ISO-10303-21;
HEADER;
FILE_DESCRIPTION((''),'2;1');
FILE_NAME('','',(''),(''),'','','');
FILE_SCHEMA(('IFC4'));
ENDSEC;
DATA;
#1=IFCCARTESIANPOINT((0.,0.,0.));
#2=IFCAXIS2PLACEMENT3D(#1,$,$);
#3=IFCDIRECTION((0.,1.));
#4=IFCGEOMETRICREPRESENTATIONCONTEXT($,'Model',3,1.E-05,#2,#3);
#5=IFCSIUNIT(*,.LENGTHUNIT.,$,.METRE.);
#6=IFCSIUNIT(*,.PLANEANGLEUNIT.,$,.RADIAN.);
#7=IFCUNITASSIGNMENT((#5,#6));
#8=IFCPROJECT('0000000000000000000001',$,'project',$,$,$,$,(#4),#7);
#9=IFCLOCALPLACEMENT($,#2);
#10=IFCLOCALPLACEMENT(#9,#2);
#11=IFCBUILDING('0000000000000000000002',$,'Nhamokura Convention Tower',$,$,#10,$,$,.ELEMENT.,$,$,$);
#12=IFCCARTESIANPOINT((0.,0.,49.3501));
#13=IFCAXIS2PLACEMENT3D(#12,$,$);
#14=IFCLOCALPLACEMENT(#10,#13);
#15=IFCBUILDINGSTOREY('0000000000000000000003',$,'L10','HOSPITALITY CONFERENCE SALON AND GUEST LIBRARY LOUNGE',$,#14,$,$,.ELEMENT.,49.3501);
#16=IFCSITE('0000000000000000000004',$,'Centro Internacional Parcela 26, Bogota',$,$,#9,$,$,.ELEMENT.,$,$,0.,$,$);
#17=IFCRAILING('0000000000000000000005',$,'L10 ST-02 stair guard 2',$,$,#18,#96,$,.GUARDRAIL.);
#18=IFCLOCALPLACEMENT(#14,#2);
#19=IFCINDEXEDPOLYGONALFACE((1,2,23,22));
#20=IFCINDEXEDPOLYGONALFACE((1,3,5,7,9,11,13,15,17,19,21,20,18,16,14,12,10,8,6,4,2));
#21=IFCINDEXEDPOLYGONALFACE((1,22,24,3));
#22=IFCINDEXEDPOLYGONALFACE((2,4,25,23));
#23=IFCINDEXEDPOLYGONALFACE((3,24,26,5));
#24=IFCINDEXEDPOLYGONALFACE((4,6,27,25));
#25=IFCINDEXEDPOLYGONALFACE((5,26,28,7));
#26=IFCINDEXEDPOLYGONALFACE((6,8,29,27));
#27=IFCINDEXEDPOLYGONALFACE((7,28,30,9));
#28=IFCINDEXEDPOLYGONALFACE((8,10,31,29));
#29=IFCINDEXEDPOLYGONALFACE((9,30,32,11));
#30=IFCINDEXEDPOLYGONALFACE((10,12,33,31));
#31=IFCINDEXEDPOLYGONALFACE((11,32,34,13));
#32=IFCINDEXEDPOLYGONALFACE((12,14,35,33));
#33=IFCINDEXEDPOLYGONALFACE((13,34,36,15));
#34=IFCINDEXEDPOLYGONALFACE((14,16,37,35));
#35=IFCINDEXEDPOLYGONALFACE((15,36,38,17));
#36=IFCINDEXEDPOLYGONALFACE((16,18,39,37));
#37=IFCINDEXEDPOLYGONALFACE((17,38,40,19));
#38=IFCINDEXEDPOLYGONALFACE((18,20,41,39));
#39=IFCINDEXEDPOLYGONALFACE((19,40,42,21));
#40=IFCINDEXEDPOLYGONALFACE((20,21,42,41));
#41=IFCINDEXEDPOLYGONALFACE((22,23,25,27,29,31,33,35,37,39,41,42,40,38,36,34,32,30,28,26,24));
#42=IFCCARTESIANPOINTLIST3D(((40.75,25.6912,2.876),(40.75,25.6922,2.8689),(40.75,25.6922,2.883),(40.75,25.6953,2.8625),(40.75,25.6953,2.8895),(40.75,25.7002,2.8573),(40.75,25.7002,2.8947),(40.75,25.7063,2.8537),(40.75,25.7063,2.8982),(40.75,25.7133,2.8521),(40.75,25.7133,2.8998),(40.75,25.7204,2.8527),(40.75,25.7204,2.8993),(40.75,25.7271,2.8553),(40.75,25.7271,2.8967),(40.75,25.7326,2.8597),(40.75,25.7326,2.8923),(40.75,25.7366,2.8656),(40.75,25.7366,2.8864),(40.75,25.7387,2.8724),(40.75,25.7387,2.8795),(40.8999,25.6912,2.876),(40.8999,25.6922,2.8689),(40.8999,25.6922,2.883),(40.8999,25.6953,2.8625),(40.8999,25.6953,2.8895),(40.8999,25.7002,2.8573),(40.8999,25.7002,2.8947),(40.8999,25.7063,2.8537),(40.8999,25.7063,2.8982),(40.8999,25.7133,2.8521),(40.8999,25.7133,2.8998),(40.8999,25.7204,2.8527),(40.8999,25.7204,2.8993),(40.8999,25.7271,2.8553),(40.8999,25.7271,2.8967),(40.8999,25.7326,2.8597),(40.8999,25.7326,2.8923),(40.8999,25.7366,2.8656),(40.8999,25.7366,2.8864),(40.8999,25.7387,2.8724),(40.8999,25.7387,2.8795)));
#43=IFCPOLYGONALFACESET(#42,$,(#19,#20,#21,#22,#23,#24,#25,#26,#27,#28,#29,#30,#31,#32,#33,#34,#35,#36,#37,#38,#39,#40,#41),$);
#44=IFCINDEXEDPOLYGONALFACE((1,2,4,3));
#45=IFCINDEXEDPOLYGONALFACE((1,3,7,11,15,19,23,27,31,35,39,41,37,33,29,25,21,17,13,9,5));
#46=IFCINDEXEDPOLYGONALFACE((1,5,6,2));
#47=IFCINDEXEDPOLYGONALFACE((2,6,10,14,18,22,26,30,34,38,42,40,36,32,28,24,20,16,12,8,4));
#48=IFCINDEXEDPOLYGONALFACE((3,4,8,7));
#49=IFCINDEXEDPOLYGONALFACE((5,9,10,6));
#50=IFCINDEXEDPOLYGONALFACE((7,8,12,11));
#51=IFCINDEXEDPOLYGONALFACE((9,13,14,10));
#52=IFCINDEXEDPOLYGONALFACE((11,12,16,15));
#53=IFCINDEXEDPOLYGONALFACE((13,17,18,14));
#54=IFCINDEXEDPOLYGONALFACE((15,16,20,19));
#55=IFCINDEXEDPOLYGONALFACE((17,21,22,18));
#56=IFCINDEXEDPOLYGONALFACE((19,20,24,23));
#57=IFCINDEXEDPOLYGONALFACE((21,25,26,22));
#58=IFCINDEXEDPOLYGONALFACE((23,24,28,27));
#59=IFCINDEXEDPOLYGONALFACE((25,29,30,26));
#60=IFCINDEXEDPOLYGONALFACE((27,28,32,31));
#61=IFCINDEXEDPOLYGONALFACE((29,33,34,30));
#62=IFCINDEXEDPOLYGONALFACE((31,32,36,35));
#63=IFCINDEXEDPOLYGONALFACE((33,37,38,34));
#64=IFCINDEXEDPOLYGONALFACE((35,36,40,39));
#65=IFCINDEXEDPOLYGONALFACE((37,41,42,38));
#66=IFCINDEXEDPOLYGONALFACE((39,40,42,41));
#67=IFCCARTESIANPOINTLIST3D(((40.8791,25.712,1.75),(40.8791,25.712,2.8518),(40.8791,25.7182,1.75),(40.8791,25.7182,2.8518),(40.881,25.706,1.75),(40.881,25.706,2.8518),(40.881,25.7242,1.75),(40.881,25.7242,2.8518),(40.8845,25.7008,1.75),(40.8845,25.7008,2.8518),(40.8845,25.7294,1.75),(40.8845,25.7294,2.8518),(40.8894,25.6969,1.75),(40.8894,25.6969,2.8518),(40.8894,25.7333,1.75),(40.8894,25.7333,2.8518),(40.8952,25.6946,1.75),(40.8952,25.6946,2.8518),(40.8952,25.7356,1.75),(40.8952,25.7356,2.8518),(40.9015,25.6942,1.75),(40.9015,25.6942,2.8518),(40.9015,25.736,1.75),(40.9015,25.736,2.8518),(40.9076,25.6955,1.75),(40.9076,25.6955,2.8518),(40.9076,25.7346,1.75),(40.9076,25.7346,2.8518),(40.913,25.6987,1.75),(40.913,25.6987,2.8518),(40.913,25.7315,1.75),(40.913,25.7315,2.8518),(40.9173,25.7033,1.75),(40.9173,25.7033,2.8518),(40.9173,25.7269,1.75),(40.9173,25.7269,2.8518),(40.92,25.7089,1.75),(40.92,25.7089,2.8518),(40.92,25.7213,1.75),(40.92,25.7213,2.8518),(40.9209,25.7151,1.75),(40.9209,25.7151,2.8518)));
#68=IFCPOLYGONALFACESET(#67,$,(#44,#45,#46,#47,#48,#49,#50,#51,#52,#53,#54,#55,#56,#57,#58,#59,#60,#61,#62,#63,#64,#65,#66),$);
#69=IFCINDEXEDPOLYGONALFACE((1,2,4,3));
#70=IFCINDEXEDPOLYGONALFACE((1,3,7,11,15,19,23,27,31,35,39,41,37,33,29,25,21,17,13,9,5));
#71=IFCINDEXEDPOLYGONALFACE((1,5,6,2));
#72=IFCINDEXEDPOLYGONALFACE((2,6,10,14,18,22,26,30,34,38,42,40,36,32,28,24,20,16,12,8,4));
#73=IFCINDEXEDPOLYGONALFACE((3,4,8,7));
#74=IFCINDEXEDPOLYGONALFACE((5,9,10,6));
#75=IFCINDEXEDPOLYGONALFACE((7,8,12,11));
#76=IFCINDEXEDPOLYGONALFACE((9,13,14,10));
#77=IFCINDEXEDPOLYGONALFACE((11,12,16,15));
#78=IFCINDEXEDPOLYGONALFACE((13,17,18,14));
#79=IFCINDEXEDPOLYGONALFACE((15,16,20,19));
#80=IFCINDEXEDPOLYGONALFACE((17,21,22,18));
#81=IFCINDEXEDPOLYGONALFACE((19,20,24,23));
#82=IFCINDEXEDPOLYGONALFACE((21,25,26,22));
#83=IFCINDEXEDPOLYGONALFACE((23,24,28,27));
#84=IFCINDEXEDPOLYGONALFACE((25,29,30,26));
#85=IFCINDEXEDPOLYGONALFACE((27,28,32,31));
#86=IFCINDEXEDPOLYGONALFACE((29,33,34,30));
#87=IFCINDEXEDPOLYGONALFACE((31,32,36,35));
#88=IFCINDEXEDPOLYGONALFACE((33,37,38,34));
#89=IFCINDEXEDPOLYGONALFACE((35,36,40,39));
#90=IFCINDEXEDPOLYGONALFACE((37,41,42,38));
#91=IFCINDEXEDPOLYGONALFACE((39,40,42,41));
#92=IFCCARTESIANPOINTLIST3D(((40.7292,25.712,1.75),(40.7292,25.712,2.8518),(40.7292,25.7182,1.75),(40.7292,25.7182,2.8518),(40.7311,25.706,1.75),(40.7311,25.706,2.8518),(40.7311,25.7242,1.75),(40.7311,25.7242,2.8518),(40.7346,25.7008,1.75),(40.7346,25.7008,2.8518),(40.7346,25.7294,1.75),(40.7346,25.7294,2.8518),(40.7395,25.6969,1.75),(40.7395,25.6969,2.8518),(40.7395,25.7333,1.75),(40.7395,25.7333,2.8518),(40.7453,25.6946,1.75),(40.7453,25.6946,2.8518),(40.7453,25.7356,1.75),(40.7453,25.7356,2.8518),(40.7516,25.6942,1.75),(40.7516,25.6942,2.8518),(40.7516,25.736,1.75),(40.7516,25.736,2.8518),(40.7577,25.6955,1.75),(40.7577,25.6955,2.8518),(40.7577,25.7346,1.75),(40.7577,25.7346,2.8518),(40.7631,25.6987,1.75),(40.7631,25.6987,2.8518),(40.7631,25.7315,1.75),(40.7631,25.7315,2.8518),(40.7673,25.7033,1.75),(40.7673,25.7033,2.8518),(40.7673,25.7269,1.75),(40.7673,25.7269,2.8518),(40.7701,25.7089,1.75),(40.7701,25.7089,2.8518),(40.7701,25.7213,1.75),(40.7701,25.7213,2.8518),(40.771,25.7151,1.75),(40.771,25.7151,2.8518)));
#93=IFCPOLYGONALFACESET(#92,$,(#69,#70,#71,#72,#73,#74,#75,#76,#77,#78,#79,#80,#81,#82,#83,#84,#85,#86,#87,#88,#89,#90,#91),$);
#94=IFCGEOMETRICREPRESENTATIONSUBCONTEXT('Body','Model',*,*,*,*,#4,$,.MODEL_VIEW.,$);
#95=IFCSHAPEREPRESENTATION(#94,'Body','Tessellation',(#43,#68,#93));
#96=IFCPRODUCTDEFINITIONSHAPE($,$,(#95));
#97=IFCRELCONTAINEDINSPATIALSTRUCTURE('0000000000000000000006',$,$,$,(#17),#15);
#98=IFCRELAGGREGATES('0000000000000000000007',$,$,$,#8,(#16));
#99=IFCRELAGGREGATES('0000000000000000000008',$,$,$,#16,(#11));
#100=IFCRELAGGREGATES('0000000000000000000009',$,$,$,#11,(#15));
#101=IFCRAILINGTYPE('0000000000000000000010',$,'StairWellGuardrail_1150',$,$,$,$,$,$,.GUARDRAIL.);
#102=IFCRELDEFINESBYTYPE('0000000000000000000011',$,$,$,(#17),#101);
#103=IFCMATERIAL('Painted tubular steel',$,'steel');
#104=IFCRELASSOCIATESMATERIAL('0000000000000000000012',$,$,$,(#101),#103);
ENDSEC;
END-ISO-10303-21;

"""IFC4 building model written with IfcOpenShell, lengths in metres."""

from ifc_helpers import new_model, si_unit, direction, frame, origin, origin_2d, place, context, subcontext, project, spatial, circle, extrude, material, type_object, element, save


model = new_model("IFC4")

# Units and contexts
model_context = context("Model", 3, precision=1e-05, world=origin(), true_north=direction((0.0, 1.0)))
body_context = subcontext(model_context, "Body", "Model", "MODEL_VIEW")
ifc_project = project(units=[si_unit("LENGTHUNIT", "METRE"), si_unit("PLANEANGLEUNIT", "RADIAN")], contexts=[model_context])

# Site, building, storey
site_placement = place(None, origin())
site = spatial("IfcSite", under=ifc_project, at=site_placement, Name="Centro Internacional Parcela 26, Bogota", CompositionType="ELEMENT", RefElevation=0.0)
building_placement = place(site_placement, origin())
building = spatial("IfcBuilding", under=site, at=building_placement, Name="Nhamokura Convention Tower", CompositionType="ELEMENT")
storey_placement = place(building_placement, frame((0.0, 0.0, 49.3501)))
storey = spatial("IfcBuildingStorey", under=building, at=storey_placement, Name="L10", Description="HOSPITALITY CONFERENCE SALON AND GUEST LIBRARY LOUNGE", CompositionType="ELEMENT", Elevation=49.3501)

# Railing
ifc_material_1 = material(Name="Painted tubular steel", Category="steel")
railing_type_1 = type_object("IfcRailingType", Name="StairWellGuardrail_1150", PredefinedType="GUARDRAIL", material=ifc_material_1)
railing_1_placement = place(storey_placement, frame((40.8999, 25.7151, 1.75)))
element("IfcRailing", 1, at=railing_1_placement, inside=storey, type_object=railing_type_1, Name="L10 ST-02 stair guard 2", PredefinedType="GUARDRAIL", context=body_context, shape_type="SweptSolid", body=[
    extrude(circle(Radius=0.0239, at=origin_2d()), frame((0.0, 0.0, 1.126), z_axis=(-1.0, 0.0, 0.0), x_axis=(0.0, -1.0, 0.0)), (0.0, 0.0, 1.0), 0.1499),
    extrude(circle(Radius=0.021, at=origin_2d()), origin(), (0.0, 0.0, 1.0), 1.1018),
    extrude(circle(Radius=0.021, at=origin_2d()), frame((-0.1499, 0.0, 0.0)), (0.0, 0.0, 1.0), 1.1018),
])

save(model, "model.ifc")
